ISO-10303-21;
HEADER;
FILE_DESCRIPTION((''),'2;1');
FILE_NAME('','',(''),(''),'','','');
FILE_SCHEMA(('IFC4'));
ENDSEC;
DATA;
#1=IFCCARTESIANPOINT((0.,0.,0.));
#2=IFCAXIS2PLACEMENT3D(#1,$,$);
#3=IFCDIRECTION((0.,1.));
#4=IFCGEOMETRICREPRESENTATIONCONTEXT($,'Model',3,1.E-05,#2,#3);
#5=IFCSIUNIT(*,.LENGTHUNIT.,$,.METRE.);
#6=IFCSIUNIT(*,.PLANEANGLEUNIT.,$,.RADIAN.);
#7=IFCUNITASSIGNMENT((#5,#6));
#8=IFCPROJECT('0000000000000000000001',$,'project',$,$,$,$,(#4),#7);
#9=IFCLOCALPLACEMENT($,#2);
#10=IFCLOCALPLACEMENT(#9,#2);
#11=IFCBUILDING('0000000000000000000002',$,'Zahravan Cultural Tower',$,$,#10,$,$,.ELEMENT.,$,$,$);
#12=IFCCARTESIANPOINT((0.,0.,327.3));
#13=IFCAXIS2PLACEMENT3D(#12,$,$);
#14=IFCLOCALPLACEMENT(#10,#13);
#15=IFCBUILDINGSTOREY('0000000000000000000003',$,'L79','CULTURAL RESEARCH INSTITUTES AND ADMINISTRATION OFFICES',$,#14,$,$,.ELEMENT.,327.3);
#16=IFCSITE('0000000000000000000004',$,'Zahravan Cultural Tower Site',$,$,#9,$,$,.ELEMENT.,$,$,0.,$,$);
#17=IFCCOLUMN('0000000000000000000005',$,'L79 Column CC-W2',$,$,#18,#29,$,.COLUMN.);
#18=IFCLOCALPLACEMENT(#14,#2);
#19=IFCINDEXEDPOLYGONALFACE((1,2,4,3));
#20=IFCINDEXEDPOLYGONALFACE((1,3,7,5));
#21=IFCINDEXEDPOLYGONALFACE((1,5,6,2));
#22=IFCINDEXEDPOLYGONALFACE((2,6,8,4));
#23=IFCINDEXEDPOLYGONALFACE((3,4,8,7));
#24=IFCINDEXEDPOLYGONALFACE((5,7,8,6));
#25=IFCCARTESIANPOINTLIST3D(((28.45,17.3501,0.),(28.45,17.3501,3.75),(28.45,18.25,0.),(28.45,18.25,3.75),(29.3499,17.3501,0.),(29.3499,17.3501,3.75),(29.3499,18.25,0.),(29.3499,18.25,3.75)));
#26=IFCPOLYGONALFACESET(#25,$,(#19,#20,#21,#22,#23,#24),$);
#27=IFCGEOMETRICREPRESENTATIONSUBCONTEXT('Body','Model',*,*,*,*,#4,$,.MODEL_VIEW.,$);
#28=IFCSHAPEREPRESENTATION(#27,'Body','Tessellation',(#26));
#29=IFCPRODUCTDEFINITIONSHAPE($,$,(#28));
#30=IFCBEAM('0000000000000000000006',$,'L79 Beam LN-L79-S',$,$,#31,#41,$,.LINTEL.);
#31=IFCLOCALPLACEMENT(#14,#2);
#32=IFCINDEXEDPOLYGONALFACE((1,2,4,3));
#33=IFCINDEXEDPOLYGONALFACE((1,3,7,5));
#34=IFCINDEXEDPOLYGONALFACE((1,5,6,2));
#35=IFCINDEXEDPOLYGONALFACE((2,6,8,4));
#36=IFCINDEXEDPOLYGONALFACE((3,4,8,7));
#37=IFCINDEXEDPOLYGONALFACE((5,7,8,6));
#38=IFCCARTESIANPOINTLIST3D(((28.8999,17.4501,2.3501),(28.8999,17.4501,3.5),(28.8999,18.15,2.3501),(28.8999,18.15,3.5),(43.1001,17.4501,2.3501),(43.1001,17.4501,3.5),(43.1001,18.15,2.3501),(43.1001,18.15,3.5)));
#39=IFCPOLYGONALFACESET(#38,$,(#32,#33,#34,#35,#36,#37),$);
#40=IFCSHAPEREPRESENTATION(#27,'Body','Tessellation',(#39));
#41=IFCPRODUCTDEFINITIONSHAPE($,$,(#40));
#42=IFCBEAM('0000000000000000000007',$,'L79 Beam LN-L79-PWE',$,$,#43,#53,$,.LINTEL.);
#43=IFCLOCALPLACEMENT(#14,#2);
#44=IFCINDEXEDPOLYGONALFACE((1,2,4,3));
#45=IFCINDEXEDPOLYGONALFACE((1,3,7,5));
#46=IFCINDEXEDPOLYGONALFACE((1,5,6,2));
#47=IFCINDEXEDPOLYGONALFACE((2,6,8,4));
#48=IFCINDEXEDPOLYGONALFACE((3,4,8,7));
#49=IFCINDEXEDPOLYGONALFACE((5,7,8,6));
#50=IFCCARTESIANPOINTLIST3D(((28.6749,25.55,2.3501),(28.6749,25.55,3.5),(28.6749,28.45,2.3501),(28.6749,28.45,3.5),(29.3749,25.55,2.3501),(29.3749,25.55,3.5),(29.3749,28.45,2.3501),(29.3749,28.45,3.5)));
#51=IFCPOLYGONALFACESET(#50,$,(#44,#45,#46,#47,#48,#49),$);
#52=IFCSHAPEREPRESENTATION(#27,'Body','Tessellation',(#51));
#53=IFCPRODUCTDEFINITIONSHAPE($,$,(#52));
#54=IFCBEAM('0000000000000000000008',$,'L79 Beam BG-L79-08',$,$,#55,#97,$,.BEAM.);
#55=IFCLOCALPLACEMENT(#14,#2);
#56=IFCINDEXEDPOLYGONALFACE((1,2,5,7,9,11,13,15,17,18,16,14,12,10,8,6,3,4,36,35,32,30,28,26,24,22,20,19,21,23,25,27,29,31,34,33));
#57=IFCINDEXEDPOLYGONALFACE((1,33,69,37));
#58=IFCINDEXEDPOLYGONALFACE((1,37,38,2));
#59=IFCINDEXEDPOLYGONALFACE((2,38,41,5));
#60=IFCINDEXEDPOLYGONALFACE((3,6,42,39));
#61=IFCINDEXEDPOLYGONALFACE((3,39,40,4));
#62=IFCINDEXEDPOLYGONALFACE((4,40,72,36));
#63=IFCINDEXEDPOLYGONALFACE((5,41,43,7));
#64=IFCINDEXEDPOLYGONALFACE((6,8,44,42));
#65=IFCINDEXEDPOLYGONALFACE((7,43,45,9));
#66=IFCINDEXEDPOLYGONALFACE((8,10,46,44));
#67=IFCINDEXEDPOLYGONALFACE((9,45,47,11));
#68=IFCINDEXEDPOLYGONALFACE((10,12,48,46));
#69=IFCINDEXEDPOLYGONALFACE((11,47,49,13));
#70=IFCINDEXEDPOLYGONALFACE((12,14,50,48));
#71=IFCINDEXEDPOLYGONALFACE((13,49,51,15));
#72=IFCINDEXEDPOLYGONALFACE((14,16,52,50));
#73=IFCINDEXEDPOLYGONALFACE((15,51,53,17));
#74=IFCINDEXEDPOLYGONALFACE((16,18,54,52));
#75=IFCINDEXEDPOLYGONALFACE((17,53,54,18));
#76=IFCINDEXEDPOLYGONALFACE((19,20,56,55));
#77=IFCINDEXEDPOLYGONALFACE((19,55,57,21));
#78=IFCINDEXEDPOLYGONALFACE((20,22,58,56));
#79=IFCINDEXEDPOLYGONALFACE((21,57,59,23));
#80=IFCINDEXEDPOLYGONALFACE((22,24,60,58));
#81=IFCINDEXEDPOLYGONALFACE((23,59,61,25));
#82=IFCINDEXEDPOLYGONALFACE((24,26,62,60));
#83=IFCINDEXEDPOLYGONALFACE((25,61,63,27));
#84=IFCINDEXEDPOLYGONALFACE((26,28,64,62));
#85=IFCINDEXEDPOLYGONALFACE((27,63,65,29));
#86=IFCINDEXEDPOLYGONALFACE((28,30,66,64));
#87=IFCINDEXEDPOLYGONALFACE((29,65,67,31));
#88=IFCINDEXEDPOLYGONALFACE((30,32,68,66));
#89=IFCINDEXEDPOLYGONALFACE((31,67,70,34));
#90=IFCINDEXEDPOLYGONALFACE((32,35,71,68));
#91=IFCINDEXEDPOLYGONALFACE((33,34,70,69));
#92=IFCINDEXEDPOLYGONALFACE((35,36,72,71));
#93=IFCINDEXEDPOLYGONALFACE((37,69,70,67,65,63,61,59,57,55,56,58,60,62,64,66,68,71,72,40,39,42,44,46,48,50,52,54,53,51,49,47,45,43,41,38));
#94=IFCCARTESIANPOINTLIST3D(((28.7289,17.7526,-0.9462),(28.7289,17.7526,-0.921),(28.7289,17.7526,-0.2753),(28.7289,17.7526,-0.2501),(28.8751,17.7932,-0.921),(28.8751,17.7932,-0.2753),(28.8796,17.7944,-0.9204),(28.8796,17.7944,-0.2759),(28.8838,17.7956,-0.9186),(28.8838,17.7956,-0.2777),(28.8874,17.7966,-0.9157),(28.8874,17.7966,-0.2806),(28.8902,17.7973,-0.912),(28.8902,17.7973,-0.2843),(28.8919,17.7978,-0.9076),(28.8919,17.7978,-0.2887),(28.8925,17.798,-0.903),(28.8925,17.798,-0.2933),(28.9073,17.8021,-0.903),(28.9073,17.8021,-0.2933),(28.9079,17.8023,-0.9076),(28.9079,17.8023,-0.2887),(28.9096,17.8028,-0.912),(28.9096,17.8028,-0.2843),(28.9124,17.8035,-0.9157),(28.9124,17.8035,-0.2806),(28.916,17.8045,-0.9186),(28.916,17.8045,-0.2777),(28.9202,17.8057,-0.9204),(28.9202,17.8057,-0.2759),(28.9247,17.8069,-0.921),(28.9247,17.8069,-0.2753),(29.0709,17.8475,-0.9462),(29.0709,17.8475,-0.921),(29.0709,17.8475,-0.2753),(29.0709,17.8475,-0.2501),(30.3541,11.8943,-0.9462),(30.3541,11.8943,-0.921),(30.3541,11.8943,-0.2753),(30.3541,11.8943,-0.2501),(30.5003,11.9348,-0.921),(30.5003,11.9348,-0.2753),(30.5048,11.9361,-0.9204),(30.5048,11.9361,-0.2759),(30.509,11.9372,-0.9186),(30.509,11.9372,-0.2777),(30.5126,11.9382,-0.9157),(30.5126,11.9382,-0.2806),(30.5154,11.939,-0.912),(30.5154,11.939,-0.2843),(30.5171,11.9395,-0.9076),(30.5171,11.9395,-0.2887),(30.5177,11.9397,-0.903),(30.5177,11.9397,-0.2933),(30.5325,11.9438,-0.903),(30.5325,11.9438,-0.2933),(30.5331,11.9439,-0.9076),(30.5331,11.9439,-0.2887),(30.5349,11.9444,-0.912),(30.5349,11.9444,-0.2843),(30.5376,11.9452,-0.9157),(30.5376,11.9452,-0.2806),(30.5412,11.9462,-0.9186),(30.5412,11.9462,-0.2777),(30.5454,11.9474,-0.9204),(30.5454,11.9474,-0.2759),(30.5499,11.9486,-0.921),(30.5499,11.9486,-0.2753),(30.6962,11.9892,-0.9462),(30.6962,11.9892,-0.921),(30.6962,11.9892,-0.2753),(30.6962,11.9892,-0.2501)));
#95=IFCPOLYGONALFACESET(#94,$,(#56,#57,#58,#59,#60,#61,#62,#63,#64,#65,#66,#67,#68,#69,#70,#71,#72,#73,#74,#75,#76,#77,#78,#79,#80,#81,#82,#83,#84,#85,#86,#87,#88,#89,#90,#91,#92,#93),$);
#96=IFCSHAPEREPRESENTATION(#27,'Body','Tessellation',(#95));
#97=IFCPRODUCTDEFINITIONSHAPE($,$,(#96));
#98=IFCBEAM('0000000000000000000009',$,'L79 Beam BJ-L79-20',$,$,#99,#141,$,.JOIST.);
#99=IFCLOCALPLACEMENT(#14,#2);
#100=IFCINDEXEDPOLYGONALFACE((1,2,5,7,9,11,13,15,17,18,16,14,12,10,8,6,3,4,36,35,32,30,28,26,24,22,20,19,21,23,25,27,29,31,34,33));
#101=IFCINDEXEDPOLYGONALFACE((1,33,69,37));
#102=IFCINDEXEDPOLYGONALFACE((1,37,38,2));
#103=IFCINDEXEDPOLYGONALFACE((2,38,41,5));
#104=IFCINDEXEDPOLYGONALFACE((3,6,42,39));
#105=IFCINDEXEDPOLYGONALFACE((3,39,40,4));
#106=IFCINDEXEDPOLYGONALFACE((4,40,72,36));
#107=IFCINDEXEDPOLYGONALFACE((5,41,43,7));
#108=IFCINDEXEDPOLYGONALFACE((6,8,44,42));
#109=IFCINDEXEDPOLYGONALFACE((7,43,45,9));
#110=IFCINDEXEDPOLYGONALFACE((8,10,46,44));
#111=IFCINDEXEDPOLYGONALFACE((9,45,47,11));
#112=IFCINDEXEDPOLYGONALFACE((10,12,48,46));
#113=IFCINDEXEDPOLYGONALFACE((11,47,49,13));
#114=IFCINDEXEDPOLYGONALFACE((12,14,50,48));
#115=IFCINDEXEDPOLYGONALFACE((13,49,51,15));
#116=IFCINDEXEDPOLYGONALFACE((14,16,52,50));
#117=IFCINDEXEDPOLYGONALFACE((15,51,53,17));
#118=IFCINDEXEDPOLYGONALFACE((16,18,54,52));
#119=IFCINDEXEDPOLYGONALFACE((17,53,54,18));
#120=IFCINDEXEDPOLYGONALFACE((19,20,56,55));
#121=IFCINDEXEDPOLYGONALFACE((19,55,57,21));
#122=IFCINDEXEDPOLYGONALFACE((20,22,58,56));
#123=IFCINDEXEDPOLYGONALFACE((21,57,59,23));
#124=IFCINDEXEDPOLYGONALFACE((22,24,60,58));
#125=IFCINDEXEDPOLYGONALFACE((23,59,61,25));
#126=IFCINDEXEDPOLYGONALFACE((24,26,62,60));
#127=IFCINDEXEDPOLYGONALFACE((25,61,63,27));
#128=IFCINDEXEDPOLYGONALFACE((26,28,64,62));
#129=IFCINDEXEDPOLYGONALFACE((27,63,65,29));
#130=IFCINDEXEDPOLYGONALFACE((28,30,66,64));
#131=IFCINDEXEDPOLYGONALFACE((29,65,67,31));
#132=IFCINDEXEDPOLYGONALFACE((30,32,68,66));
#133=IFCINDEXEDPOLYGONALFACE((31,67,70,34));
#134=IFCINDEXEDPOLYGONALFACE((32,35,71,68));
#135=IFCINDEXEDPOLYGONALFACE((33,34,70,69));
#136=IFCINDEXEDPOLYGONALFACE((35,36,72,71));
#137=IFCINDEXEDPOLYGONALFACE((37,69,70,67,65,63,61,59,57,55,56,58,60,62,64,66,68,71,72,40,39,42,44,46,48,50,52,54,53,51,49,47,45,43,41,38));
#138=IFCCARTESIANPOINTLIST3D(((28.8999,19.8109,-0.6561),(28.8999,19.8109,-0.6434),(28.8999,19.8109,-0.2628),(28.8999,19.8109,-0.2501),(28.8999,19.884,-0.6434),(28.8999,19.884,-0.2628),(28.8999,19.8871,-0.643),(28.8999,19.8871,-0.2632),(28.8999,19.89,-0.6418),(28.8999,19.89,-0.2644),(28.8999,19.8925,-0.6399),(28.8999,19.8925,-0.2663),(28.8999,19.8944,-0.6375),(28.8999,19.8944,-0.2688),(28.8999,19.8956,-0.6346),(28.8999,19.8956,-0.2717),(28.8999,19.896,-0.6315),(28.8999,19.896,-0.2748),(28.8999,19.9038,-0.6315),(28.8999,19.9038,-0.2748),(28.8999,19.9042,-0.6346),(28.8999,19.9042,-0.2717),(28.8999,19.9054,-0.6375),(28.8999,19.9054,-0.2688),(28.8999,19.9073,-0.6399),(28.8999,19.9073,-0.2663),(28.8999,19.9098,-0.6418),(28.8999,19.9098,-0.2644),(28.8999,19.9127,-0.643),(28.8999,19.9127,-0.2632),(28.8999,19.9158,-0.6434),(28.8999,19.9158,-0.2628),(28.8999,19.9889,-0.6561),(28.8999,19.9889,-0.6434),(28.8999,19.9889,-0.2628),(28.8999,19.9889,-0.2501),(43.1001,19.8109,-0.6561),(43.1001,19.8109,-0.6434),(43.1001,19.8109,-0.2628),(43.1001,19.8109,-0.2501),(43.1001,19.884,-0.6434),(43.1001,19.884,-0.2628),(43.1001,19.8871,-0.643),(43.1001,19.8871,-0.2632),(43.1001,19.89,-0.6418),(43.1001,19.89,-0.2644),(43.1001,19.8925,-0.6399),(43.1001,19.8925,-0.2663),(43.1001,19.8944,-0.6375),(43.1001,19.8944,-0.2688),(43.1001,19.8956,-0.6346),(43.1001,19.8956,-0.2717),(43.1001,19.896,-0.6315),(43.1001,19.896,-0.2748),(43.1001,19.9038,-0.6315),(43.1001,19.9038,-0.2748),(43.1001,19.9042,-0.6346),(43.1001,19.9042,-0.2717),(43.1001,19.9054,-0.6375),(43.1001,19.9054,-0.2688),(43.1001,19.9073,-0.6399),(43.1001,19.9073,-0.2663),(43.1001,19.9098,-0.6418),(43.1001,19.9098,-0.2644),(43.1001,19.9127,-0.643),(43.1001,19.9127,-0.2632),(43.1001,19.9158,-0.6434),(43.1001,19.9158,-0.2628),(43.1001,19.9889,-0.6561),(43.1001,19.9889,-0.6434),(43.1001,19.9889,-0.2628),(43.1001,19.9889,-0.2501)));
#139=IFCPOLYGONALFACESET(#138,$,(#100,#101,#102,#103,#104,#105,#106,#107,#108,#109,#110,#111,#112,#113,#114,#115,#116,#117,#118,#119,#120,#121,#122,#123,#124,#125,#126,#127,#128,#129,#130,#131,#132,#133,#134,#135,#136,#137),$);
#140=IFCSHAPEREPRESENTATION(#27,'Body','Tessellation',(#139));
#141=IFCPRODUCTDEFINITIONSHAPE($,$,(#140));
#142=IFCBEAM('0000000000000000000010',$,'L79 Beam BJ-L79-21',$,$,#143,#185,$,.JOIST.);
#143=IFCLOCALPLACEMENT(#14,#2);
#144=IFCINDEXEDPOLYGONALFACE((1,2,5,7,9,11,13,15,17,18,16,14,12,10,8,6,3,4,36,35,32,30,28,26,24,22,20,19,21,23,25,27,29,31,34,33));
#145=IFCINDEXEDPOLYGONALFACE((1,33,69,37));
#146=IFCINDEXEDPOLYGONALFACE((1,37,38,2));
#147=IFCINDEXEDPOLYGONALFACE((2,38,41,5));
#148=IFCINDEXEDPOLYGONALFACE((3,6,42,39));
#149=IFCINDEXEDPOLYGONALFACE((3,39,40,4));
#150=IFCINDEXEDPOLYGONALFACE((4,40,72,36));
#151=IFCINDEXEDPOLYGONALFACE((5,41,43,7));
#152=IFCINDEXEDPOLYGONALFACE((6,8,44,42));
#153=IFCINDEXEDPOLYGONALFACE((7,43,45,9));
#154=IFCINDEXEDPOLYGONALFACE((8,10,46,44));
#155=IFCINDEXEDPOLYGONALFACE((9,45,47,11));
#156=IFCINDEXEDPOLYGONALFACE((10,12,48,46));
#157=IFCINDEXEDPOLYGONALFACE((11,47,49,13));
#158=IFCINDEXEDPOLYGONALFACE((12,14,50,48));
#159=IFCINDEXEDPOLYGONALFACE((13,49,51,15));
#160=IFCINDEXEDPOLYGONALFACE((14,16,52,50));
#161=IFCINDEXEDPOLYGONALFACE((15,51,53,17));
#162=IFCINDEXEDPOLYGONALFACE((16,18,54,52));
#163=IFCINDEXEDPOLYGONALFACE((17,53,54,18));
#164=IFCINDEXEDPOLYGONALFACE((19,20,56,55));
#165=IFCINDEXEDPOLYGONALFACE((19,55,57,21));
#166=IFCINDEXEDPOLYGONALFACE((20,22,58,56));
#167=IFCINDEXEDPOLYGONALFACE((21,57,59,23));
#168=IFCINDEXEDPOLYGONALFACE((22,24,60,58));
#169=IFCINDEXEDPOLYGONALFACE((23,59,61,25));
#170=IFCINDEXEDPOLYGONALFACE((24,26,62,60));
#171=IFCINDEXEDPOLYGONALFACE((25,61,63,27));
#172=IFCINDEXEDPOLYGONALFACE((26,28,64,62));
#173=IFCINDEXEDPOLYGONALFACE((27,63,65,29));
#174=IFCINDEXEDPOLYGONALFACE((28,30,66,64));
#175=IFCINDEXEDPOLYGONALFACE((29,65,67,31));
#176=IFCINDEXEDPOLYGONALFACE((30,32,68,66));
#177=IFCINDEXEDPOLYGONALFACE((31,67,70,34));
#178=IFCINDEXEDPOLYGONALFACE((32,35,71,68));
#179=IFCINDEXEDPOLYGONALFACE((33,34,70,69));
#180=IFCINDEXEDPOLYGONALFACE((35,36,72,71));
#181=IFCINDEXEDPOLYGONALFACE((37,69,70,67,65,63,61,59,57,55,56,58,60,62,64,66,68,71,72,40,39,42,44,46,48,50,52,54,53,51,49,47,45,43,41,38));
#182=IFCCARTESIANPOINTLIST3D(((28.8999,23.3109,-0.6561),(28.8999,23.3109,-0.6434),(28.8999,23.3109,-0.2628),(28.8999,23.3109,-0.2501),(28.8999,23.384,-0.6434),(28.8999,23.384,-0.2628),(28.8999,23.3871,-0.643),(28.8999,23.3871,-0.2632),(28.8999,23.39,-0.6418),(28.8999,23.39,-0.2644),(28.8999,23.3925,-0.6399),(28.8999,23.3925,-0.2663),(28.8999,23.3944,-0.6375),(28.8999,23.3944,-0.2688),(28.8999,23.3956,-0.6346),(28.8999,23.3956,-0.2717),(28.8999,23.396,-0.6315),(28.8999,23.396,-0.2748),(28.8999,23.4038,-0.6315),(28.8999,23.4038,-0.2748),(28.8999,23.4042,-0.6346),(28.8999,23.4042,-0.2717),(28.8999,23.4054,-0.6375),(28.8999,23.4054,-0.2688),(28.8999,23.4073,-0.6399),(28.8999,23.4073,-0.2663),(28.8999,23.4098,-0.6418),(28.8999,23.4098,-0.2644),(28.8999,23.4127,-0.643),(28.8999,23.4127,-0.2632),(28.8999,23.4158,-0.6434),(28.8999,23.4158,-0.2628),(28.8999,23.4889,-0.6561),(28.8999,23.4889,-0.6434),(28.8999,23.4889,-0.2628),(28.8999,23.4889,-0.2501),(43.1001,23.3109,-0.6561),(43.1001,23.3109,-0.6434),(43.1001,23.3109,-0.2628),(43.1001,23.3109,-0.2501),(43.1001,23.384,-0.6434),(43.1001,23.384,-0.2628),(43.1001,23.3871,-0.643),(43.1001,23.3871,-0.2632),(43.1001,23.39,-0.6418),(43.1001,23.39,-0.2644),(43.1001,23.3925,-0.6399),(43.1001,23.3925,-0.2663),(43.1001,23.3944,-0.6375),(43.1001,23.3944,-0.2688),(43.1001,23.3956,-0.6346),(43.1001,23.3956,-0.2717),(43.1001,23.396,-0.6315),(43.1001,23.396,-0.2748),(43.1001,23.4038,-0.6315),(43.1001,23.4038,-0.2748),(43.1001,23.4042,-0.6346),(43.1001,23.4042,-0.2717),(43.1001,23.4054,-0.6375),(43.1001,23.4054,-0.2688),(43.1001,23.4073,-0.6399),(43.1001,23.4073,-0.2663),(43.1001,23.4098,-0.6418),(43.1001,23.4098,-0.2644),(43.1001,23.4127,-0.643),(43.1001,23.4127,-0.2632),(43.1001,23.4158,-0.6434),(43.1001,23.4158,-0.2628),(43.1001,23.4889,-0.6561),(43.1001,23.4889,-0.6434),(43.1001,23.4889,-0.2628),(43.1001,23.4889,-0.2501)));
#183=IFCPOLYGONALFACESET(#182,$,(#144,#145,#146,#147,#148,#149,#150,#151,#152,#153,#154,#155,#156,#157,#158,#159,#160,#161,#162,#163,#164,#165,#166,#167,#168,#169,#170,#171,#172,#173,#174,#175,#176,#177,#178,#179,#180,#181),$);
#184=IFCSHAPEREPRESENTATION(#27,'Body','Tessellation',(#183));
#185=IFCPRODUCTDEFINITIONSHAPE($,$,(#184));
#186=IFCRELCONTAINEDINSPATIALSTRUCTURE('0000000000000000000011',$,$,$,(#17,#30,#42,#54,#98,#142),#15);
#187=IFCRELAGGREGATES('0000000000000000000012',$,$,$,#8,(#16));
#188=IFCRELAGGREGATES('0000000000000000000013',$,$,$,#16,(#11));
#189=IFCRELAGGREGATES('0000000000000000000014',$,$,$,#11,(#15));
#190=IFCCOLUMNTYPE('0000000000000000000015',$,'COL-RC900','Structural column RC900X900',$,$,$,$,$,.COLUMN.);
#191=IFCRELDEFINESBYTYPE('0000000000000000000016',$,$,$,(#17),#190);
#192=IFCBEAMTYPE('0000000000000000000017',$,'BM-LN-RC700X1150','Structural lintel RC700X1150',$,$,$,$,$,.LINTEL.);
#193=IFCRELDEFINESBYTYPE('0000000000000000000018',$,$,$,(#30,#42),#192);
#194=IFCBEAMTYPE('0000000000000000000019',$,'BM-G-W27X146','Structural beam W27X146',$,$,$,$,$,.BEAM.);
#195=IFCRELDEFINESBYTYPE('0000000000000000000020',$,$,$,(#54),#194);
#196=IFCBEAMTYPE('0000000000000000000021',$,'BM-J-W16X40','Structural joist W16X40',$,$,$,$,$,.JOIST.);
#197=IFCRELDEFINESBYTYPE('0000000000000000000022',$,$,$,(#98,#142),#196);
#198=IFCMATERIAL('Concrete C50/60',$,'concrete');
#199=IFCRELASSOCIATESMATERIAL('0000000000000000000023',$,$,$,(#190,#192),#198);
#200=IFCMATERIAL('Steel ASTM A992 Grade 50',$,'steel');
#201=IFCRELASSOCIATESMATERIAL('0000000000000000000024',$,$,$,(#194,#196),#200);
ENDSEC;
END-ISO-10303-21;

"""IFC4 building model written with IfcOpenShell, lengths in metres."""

from ifc_helpers import new_model, si_unit, direction, frame, origin, origin_2d, place, context, subcontext, project, spatial, rectangle, i_section, extrude, source, transform, mapped, material, material_profile, profile_set, type_object, element, save


model = new_model("IFC4")

# Units and contexts
model_context = context("Model", 3, precision=1e-05, world=origin(), true_north=direction((0.0, 1.0)))
body_context = subcontext(model_context, "Body", "Model", "MODEL_VIEW")
ifc_project = project(units=[si_unit("LENGTHUNIT", "METRE"), si_unit("PLANEANGLEUNIT", "RADIAN")], contexts=[model_context])

# Site, building, storey
site_placement = place(None, origin())
site = spatial("IfcSite", under=ifc_project, at=site_placement, Name="Zahravan Cultural Tower Site", CompositionType="ELEMENT", RefElevation=0.0)
building_placement = place(site_placement, origin())
building = spatial("IfcBuilding", under=site, at=building_placement, Name="Zahravan Cultural Tower", CompositionType="ELEMENT")
storey_placement = place(building_placement, frame((0.0, 0.0, 327.3)))
storey = spatial("IfcBuildingStorey", under=building, at=storey_placement, Name="L79", Description="CULTURAL RESEARCH INSTITUTES AND ADMINISTRATION OFFICES", CompositionType="ELEMENT", Elevation=327.3)

# Column
ifc_material_1 = material(Name="Concrete C50/60", Category="concrete")
ifc_material_profile_1 = material_profile(ifc_material_1, rectangle(XDim=0.8999, YDim=0.8999, at=origin_2d()), Name="RC900X900")
ifc_profile_set_1 = profile_set([ifc_material_profile_1], Name="Concrete C50/60")
column_type = type_object("IfcColumnType", Name="COL-RC900", Description="Structural column RC900X900", PredefinedType="COLUMN", material=ifc_profile_set_1)
shared_shape_1 = source(origin(), body_context, "Body", "SweptSolid", [
    extrude(rectangle(XDim=0.8999, YDim=0.8999, at=origin_2d()), origin(), (0.0, 0.0, 1.0), 3.75),
])
column_placement = place(storey_placement, frame((28.8999, 17.8, 0.0), z_axis=(0.0, 0.0, 1.0), x_axis=(1.0, 0.0, 0.0)))
element("IfcColumn", 1, at=column_placement, inside=storey, type_object=column_type, Name="L79 Column CC-W2", PredefinedType="COLUMN", context=body_context, shape_type="MappedRepresentation", body=[
    mapped(shared_shape_1, transform((0.0, 0.0, 0.0), x_axis=(1.0, 0.0, 0.0), y_axis=(0.0, 1.0, 0.0), z_axis=(0.0, 0.0, 1.0), scale=1.0)),
])

# Beams
ifc_material_profile_2 = material_profile(ifc_material_1, rectangle(XDim=0.7, YDim=1.1499, at=origin_2d()), Name="RC700X1150")
ifc_profile_set_2 = profile_set([ifc_material_profile_2], Name="Concrete C50/60")
beam_type_1 = type_object("IfcBeamType", Name="BM-LN-RC700X1150", Description="Structural lintel RC700X1150", PredefinedType="LINTEL", material=ifc_profile_set_2)
shared_shape_2 = source(origin(), body_context, "Body", "SweptSolid", [
    extrude(rectangle(XDim=0.7, YDim=1.1499, at=origin_2d()), origin(), (0.0, 0.0, 1.0), 14.2002),
])
beam_1_placement = place(storey_placement, frame((28.8999, 17.8, 2.925), z_axis=(1.0, 0.0, 0.0), x_axis=(0.0, 1.0, 0.0)))
element("IfcBeam", 2, at=beam_1_placement, inside=storey, type_object=beam_type_1, Name="L79 Beam LN-L79-S", PredefinedType="LINTEL", context=body_context, shape_type="MappedRepresentation", body=[
    mapped(shared_shape_2, transform((0.0, 0.0, 0.0), x_axis=(1.0, 0.0, 0.0), y_axis=(0.0, 1.0, 0.0), z_axis=(0.0, 0.0, 1.0), scale=1.0)),
])
shared_shape_3 = source(origin(), body_context, "Body", "SweptSolid", [
    extrude(rectangle(XDim=0.7, YDim=1.1499, at=origin_2d()), origin(), (0.0, 0.0, 1.0), 2.8999),
])
beam_2_placement = place(storey_placement, frame((29.0249, 25.55, 2.925), z_axis=(0.0, 1.0, 0.0), x_axis=(-1.0, 0.0, 0.0)))
element("IfcBeam", 3, at=beam_2_placement, inside=storey, type_object=beam_type_1, Name="L79 Beam LN-L79-PWE", PredefinedType="LINTEL", context=body_context, shape_type="MappedRepresentation", body=[
    mapped(shared_shape_3, transform((0.0, 0.0, 0.0), x_axis=(1.0, 0.0, 0.0), y_axis=(0.0, 1.0, 0.0), z_axis=(0.0, 0.0, 1.0), scale=1.0)),
])
ifc_material_2 = material(Name="Steel ASTM A992 Grade 50", Category="steel")
ifc_material_profile_3 = material_profile(ifc_material_2, i_section(OverallWidth=0.355, OverallDepth=0.696, WebThickness=0.0154, FlangeThickness=0.0251, FilletRadius=0.0181, at=origin_2d()), Name="W27X146")
ifc_profile_set_3 = profile_set([ifc_material_profile_3], Name="Steel ASTM A992 Grade 50")
beam_type_2 = type_object("IfcBeamType", Name="BM-G-W27X146", Description="Structural beam W27X146", PredefinedType="BEAM", material=ifc_profile_set_3)
shared_shape_4 = source(origin(), body_context, "Body", "SweptSolid", [
    extrude(i_section(OverallWidth=0.355, OverallDepth=0.696, WebThickness=0.0154, FlangeThickness=0.0251, FilletRadius=0.0181, at=origin_2d()), origin(), (0.0, 0.0, 1.0), 6.0796),
])
beam_3_placement = place(storey_placement, frame((28.8999, 17.8, -0.5981), z_axis=(0.267325, -0.963606, 0.0), x_axis=(0.963606, 0.267325, 0.0)))
element("IfcBeam", 4, at=beam_3_placement, inside=storey, type_object=beam_type_2, Name="L79 Beam BG-L79-08", PredefinedType="BEAM", context=body_context, shape_type="MappedRepresentation", body=[
    mapped(shared_shape_4, transform((0.0, 0.0, 0.0), x_axis=(1.0, 0.0, 0.0), y_axis=(0.0, 1.0, 0.0), z_axis=(0.0, 0.0, 1.0), scale=1.0)),
])
ifc_material_profile_4 = material_profile(ifc_material_2, i_section(OverallWidth=0.178, OverallDepth=0.406, WebThickness=0.0078, FlangeThickness=0.0127, FilletRadius=0.012, at=origin_2d()), Name="W16X40")
ifc_profile_set_4 = profile_set([ifc_material_profile_4], Name="Steel ASTM A992 Grade 50")
beam_type_3 = type_object("IfcBeamType", Name="BM-J-W16X40", Description="Structural joist W16X40", PredefinedType="JOIST", material=ifc_profile_set_4)
shared_shape_5 = source(origin(), body_context, "Body", "SweptSolid", [
    extrude(i_section(OverallWidth=0.178, OverallDepth=0.406, WebThickness=0.0078, FlangeThickness=0.0127, FilletRadius=0.012, at=origin_2d()), origin(), (0.0, 0.0, 1.0), 14.2002),
])
for number, where, z_axis, x_axis, name in (
    (5, (28.8999, 19.8999, -0.4531), (1.0, 0.0, 0.0), (0.0, 1.0, 0.0), "L79 Beam BJ-L79-20"),
    (6, (28.8999, 23.3999, -0.4531), (1.0, 0.0, 0.0), (0.0, 1.0, 0.0), "L79 Beam BJ-L79-21"),
):
    element("IfcBeam", number, at=place(storey_placement, frame(where, z_axis=z_axis, x_axis=x_axis)), inside=storey, type_object=beam_type_3, Name=name, PredefinedType="JOIST", context=body_context, shape_type="MappedRepresentation", body=[
        mapped(shared_shape_5, transform((0.0, 0.0, 0.0), x_axis=(1.0, 0.0, 0.0), y_axis=(0.0, 1.0, 0.0), z_axis=(0.0, 0.0, 1.0), scale=1.0)),
    ])

save(model, "model.ifc")
